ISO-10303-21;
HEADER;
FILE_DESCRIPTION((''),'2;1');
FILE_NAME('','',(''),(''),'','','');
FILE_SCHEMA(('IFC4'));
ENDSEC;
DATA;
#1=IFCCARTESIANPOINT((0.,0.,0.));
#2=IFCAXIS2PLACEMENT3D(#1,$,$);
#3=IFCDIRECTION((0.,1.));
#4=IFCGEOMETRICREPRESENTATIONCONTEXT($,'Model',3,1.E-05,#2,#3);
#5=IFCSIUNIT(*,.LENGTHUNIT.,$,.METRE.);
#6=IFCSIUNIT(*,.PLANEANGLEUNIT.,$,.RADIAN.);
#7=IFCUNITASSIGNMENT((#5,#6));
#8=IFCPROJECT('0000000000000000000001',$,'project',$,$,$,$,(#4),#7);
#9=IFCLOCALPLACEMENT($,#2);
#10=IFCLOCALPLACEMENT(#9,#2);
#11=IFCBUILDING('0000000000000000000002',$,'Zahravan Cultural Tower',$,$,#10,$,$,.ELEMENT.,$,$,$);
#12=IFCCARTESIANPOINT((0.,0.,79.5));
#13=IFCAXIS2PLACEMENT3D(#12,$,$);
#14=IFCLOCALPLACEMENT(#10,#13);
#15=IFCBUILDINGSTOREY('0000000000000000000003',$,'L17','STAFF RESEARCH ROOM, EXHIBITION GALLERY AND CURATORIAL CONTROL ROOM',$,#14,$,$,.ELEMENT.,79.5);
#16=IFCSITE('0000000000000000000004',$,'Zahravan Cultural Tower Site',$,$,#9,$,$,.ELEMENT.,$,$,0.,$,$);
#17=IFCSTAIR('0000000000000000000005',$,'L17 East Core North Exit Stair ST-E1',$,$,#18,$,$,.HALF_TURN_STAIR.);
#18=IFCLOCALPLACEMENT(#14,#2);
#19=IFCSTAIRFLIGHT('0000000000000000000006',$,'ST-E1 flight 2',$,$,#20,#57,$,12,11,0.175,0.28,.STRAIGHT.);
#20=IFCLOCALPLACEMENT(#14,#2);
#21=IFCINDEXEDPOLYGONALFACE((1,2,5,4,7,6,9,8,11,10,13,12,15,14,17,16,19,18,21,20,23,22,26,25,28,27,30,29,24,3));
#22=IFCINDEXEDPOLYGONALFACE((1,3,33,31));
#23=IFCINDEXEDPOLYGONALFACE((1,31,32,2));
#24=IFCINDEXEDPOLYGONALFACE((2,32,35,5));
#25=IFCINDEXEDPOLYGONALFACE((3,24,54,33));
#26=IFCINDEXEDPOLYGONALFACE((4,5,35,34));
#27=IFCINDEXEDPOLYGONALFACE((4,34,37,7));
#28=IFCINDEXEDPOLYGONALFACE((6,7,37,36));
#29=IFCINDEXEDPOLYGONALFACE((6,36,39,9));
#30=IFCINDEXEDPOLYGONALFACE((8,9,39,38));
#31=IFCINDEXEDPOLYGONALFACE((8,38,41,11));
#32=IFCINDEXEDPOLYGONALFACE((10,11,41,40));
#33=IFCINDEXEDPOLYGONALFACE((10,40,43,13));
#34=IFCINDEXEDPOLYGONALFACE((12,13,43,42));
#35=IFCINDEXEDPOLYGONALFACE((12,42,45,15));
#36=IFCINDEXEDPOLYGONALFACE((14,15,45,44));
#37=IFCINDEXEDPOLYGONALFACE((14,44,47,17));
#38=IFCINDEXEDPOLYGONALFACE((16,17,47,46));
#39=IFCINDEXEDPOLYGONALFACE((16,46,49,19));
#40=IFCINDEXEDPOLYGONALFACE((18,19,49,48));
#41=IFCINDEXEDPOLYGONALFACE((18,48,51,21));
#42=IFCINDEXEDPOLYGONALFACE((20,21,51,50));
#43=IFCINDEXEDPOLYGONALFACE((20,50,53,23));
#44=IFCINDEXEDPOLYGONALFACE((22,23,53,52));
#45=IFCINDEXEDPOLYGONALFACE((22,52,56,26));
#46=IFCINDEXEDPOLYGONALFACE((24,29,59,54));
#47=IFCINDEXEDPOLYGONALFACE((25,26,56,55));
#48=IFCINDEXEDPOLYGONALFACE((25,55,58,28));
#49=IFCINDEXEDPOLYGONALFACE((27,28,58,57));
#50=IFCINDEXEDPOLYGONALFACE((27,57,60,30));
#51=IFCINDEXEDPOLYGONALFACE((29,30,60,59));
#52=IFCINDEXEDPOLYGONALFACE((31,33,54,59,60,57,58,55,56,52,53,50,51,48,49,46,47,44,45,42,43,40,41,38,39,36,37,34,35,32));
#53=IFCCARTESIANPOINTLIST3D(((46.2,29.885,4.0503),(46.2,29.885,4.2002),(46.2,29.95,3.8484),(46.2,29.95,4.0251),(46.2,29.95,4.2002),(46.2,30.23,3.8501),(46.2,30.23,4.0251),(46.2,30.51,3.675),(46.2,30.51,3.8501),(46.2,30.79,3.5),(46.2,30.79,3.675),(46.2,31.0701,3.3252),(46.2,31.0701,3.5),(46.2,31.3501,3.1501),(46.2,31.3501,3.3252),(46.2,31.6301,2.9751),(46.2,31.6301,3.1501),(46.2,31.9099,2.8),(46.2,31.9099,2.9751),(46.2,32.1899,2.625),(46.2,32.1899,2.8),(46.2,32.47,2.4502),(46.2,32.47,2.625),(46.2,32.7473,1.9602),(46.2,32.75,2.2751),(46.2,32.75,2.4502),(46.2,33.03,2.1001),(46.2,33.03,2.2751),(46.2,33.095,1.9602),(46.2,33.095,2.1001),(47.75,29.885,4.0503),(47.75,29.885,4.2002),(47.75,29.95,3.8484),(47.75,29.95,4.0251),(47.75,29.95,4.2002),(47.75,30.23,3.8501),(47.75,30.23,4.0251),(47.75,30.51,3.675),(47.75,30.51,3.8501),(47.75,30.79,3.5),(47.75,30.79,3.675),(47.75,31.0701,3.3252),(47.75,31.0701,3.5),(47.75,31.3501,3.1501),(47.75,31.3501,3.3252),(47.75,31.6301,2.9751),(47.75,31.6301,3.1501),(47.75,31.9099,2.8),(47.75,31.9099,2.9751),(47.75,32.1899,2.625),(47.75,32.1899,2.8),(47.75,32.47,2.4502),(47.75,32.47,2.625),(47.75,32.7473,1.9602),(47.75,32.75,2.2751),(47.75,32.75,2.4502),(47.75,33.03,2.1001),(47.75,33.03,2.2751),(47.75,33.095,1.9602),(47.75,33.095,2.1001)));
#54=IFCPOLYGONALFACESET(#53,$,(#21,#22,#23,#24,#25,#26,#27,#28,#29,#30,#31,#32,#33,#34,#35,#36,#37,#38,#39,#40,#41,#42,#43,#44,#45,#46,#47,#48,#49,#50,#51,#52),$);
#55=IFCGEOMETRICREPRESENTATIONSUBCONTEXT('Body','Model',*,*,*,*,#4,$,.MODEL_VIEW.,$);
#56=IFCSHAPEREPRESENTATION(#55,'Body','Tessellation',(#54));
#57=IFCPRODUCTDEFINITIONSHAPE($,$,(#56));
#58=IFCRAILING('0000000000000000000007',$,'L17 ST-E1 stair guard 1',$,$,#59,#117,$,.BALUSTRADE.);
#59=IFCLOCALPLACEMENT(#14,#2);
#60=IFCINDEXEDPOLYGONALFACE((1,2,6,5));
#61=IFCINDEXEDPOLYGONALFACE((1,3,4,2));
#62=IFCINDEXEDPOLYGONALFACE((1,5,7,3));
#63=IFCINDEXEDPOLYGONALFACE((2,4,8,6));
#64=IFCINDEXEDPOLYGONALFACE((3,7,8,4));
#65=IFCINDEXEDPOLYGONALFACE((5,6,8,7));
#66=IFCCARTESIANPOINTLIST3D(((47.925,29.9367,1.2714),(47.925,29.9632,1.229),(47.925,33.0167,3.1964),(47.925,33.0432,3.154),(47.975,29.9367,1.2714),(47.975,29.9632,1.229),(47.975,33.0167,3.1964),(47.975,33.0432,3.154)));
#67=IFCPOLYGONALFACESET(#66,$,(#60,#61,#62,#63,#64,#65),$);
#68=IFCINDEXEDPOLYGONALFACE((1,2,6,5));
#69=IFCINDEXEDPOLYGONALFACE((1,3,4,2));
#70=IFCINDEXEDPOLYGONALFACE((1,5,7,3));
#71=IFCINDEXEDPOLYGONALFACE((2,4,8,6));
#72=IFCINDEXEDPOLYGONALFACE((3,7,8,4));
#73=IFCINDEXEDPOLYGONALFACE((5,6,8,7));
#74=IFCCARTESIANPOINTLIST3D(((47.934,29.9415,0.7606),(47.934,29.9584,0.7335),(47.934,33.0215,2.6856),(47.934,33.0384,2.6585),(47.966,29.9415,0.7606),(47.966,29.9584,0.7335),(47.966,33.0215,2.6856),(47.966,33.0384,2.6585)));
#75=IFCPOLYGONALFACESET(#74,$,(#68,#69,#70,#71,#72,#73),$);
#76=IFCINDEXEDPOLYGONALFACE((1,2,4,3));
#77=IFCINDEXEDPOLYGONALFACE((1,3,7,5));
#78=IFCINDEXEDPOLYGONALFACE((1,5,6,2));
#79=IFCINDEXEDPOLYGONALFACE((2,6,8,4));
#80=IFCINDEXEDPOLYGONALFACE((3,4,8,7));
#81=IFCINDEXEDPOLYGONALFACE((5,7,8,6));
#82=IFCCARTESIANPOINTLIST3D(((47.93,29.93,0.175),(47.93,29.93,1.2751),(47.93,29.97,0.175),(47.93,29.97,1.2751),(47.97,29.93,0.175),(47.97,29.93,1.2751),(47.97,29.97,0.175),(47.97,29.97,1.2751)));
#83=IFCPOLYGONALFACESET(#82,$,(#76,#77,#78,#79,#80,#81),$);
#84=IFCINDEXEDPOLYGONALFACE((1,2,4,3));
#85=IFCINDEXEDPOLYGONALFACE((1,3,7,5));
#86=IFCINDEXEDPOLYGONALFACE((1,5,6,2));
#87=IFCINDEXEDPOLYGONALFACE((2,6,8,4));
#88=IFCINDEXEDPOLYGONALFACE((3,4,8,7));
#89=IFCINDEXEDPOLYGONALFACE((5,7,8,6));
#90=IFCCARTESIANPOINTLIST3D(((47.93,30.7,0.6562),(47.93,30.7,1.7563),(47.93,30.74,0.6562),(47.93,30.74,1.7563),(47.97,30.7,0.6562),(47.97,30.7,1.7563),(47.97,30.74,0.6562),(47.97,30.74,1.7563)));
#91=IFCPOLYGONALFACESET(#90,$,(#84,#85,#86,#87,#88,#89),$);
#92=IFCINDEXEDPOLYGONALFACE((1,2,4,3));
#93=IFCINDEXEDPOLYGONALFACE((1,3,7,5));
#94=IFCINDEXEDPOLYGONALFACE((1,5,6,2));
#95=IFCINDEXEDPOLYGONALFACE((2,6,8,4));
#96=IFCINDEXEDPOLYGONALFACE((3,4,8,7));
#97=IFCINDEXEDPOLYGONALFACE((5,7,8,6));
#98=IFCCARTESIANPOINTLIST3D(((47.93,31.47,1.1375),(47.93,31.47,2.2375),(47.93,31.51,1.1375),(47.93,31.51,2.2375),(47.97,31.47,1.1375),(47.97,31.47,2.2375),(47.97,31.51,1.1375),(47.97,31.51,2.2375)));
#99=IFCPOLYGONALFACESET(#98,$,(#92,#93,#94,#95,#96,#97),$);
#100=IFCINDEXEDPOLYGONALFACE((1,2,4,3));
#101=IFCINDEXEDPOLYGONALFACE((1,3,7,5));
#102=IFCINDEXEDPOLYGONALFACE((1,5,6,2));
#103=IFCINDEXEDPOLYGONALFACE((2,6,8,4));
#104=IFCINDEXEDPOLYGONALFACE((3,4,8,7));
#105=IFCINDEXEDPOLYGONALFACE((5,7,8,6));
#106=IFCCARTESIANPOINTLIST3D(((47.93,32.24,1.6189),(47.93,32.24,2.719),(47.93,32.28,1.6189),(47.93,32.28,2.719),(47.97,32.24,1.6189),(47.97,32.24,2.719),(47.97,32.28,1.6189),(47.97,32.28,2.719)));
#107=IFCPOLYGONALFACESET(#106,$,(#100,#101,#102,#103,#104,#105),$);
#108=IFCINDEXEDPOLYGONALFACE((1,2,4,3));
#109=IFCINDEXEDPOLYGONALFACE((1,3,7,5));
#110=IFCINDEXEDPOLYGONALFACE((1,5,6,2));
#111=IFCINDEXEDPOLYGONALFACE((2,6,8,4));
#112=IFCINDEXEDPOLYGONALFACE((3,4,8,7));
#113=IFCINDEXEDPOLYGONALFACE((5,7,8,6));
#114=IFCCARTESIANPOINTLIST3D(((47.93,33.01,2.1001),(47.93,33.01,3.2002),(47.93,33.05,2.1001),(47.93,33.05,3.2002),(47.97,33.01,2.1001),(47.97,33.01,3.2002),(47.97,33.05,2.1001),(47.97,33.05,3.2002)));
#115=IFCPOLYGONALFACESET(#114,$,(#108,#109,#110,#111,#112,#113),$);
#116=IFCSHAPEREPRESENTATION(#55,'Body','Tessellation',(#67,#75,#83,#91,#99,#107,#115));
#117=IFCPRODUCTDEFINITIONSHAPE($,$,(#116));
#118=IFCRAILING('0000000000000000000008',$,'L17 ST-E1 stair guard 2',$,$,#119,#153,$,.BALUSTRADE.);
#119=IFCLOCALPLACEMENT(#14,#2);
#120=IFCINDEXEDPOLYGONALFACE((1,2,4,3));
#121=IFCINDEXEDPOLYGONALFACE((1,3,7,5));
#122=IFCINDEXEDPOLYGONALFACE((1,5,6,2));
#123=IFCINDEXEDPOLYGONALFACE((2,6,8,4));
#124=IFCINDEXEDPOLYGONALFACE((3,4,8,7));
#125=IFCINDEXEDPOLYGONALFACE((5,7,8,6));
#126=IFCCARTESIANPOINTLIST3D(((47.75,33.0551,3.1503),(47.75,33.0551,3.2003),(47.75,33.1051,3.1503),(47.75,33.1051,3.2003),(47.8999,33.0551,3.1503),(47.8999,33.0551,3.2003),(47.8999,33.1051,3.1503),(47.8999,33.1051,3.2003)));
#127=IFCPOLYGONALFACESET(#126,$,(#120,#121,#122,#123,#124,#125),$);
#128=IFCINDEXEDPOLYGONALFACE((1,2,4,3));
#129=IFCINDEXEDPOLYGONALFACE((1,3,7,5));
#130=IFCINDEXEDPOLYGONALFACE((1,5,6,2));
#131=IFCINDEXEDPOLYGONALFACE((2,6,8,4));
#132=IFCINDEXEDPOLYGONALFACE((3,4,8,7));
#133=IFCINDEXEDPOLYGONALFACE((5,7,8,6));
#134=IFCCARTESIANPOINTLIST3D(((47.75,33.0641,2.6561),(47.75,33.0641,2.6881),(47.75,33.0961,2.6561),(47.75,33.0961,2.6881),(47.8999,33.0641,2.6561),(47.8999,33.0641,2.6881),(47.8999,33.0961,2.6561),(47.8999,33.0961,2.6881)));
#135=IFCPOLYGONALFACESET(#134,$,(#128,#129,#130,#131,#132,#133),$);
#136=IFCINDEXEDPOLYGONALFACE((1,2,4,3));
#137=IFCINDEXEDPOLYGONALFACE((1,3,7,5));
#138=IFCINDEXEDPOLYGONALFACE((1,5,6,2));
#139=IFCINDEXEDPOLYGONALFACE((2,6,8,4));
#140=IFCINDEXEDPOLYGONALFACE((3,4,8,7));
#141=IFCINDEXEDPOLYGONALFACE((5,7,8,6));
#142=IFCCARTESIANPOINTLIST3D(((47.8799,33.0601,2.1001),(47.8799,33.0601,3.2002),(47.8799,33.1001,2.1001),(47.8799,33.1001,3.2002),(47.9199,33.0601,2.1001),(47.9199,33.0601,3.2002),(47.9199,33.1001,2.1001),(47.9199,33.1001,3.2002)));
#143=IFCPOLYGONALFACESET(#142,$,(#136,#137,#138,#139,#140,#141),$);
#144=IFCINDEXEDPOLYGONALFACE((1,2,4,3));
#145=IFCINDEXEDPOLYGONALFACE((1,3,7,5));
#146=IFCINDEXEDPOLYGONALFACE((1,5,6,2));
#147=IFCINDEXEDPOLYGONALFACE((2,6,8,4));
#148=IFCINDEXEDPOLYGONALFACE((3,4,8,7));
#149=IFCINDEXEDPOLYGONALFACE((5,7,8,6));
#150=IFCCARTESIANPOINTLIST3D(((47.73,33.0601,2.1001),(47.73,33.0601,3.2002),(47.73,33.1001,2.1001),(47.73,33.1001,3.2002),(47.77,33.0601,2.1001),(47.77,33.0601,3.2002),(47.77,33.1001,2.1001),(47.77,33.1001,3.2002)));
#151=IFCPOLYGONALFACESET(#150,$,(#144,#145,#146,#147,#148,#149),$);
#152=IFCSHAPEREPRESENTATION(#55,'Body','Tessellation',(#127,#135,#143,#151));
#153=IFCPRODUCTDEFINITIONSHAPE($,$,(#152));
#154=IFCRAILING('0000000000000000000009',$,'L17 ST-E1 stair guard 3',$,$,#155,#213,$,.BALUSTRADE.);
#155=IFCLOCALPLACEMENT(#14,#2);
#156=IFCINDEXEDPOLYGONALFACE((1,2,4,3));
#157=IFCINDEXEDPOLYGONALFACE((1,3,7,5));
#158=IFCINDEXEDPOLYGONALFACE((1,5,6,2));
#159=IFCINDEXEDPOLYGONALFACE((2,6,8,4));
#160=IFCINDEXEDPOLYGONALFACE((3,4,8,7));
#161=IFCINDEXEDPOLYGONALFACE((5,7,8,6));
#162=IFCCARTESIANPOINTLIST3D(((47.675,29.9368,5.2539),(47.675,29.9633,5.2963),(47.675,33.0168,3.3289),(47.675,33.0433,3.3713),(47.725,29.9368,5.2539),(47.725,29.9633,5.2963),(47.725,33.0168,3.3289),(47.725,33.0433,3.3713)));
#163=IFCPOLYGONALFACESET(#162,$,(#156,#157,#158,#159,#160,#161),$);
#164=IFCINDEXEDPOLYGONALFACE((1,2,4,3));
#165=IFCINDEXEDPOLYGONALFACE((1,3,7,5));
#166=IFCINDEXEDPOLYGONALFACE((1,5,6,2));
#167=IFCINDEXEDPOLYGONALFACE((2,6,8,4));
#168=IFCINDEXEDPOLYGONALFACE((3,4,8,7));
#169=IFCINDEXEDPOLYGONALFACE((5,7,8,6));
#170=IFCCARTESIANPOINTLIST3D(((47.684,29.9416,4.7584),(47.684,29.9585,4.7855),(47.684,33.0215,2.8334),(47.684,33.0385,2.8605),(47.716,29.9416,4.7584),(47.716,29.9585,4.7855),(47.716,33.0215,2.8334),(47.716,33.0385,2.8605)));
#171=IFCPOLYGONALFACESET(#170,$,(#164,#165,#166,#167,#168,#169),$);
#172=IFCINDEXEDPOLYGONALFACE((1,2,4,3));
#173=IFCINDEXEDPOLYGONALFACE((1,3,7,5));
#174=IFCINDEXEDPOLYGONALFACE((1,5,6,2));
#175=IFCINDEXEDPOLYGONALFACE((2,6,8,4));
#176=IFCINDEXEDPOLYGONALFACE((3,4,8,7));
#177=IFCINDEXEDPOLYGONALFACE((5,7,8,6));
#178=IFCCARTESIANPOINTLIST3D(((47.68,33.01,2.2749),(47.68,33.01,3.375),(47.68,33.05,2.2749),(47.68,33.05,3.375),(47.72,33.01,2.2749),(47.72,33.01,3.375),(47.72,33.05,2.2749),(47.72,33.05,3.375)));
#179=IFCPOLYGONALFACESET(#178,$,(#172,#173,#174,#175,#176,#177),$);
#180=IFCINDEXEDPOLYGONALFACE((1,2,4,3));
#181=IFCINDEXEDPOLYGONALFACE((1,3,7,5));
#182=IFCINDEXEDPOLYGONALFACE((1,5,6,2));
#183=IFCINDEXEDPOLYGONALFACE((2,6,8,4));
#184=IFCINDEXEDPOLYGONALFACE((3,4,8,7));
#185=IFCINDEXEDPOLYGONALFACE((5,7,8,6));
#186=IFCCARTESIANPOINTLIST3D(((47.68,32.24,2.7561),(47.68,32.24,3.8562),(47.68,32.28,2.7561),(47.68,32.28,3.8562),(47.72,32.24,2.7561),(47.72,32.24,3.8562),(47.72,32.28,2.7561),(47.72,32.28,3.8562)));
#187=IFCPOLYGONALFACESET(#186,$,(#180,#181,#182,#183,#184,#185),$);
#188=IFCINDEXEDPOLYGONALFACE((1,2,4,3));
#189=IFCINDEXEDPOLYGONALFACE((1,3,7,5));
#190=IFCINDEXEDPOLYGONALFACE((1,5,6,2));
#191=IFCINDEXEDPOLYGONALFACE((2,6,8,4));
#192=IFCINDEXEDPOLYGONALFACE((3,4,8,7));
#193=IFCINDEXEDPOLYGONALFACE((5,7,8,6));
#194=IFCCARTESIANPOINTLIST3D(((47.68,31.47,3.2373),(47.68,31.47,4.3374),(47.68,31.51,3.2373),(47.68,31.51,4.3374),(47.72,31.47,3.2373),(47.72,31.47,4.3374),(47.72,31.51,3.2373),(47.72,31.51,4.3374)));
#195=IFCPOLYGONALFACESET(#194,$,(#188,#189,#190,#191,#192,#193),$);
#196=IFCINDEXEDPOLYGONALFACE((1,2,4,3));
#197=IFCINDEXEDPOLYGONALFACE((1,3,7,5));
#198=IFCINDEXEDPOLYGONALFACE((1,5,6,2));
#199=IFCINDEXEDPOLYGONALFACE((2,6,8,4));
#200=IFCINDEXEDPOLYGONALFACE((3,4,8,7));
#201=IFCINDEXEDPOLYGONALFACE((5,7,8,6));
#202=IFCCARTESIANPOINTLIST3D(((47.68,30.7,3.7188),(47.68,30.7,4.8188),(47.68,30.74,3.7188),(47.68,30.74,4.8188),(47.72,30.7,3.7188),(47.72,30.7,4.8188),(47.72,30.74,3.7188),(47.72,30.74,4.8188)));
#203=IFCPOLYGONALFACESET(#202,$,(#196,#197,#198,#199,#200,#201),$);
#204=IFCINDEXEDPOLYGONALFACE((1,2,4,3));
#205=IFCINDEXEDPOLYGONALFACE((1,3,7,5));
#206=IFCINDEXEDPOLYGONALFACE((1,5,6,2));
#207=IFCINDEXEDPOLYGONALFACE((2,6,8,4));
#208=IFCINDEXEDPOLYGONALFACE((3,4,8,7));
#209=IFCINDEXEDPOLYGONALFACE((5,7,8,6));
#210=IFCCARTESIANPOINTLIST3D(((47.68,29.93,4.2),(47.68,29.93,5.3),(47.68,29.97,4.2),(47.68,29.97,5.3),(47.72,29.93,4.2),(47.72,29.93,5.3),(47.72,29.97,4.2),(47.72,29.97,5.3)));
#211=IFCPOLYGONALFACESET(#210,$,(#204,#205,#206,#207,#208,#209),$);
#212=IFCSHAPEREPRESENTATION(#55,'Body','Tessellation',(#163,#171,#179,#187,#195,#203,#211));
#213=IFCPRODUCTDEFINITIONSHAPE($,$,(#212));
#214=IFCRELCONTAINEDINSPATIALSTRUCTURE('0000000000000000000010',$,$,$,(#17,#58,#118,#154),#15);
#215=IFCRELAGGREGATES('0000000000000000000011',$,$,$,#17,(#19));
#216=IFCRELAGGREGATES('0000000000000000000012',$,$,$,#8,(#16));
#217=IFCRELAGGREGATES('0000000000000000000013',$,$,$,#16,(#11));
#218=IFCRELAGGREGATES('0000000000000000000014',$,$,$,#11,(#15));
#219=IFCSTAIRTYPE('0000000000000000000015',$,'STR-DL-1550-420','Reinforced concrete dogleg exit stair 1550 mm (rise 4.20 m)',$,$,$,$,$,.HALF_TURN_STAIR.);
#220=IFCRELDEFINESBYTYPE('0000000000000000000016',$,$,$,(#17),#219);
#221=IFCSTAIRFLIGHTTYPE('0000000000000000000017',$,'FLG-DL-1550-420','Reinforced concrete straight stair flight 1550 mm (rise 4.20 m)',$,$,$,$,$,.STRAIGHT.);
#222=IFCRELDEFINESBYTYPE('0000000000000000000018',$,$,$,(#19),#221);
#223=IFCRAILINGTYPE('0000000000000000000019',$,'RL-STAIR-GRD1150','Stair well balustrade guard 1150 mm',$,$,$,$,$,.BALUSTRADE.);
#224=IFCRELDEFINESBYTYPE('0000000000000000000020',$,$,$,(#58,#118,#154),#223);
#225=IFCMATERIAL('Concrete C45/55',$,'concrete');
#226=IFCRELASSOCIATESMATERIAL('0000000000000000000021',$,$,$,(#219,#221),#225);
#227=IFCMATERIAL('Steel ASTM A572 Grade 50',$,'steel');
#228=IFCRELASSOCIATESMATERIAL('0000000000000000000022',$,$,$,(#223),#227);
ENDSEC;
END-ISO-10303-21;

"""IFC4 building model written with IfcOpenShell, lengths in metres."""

from ifc_helpers import new_model, si_unit, direction, frame, origin, origin_2d, place, context, subcontext, project, spatial, polyline, rectangle, outline, extrude, material, type_object, element, aggregate, save


model = new_model("IFC4")

# Units and contexts
model_context = context("Model", 3, precision=1e-05, world=origin(), true_north=direction((0.0, 1.0)))
body_context = subcontext(model_context, "Body", "Model", "MODEL_VIEW")
ifc_project = project(units=[si_unit("LENGTHUNIT", "METRE"), si_unit("PLANEANGLEUNIT", "RADIAN")], contexts=[model_context])

# Site, building, storey
site_placement = place(None, origin())
site = spatial("IfcSite", under=ifc_project, at=site_placement, Name="Zahravan Cultural Tower Site", CompositionType="ELEMENT", RefElevation=0.0)
building_placement = place(site_placement, origin())
building = spatial("IfcBuilding", under=site, at=building_placement, Name="Zahravan Cultural Tower", CompositionType="ELEMENT")
storey_placement = place(building_placement, frame((0.0, 0.0, 79.5)))
storey = spatial("IfcBuildingStorey", under=building, at=storey_placement, Name="L17", Description="STAFF RESEARCH ROOM, EXHIBITION GALLERY AND CURATORIAL CONTROL ROOM", CompositionType="ELEMENT", Elevation=79.5)

# Shared definitions
ifc_material_1 = material(Name="Concrete C45/55", Category="concrete")
ifc_material_2 = material(Name="Steel ASTM A572 Grade 50", Category="steel")

# Stair, stair flight
stair_type = type_object("IfcStairType", Name="STR-DL-1550-420", Description="Reinforced concrete dogleg exit stair 1550 mm (rise 4.20 m)", PredefinedType="HALF_TURN_STAIR", material=ifc_material_1)
stair_placement = place(storey_placement, origin())
stair = element("IfcStair", 1, at=stair_placement, inside=storey, type_object=stair_type, Name="L17 East Core North Exit Stair ST-E1", PredefinedType="HALF_TURN_STAIR")
stair_flight_type = type_object("IfcStairFlightType", Name="FLG-DL-1550-420", Description="Reinforced concrete straight stair flight 1550 mm (rise 4.20 m)", PredefinedType="STRAIGHT", material=ifc_material_1)
stair_flight_1_placement = place(storey_placement, frame((46.9751, 33.03, 2.1001), z_axis=(0.0, 0.0, 1.0), x_axis=(0.0, -1.0, 0.0)))
stair_flight_1 = element("IfcStairFlight", 2, at=stair_flight_1_placement, type_object=stair_flight_type, Name="ST-E1 flight 2", NumberOfRisers=12, NumberOfTreads=11, PredefinedType="STRAIGHT", RiserHeight=0.175, TreadLength=0.28, context=body_context, shape_type="SweptSolid", body=[
    extrude(outline(polyline([(-0.0649, -0.1399), (-0.0649, 0.0), (0.0, 0.0), (0.0, 0.175), (0.28, 0.175), (0.28, 0.3501), (0.5601, 0.3501), (0.5601, 0.5249), (0.8401, 0.5249), (0.8401, 0.7), (1.1201, 0.7), (1.1201, 0.875), (1.3999, 0.875), (1.3999, 1.05), (1.6799, 1.05), (1.6799, 1.2251), (1.96, 1.2251), (1.96, 1.3999), (2.24, 1.3999), (2.24, 1.575), (2.52, 1.575), (2.52, 1.75), (2.8, 1.75), (2.8, 1.925), (3.0801, 1.925), (3.0801, 2.1001), (3.145, 2.1001), (3.145, 1.9502), (3.0801, 1.7483), (0.2827, -0.1399), (-0.0649, -0.1399)])), frame((0.0, 0.7749, 0.0), z_axis=(0.0, -1.0, 0.0), x_axis=(1.0, 0.0, 0.0)), (0.0, 0.0, 1.0), 1.55),
])
aggregate(stair, [stair_flight_1])

# Railings
railing_type_1 = type_object("IfcRailingType", Name="RL-STAIR-GRD1150", Description="Stair well balustrade guard 1150 mm", PredefinedType="BALUSTRADE", material=ifc_material_2)
railing_1_placement = place(storey_placement, frame((47.95, 29.95, 0.175)))
element("IfcRailing", 3, at=railing_1_placement, inside=storey, type_object=railing_type_1, Name="L17 ST-E1 stair guard 1", PredefinedType="BALUSTRADE", context=body_context, shape_type="SweptSolid", body=[
    extrude(rectangle(XDim=0.05, YDim=0.05, at=origin_2d()), frame((0.0, 0.0, 1.0752), z_axis=(0.0, 0.847998, 0.529999), x_axis=(-1.0, 0.0, 0.0)), (0.0, 0.0, 1.0), 3.6321),
    extrude(rectangle(XDim=0.032, YDim=0.032, at=origin_2d()), frame((0.0, 0.0, 0.572), z_axis=(0.0, 0.847998, 0.529999), x_axis=(-1.0, 0.0, 0.0)), (0.0, 0.0, 1.0), 3.6321),
    extrude(rectangle(XDim=0.04, YDim=0.04, at=origin_2d()), origin(), (0.0, 0.0, 1.0), 1.1001),
    extrude(rectangle(XDim=0.04, YDim=0.04, at=origin_2d()), frame((0.0, 0.77, 0.4812)), (0.0, 0.0, 1.0), 1.1001),
    extrude(rectangle(XDim=0.04, YDim=0.04, at=origin_2d()), frame((0.0, 1.54, 0.9624)), (0.0, 0.0, 1.0), 1.1001),
    extrude(rectangle(XDim=0.04, YDim=0.04, at=origin_2d()), frame((0.0, 2.3101, 1.4438)), (0.0, 0.0, 1.0), 1.1001),
    extrude(rectangle(XDim=0.04, YDim=0.04, at=origin_2d()), frame((0.0, 3.0801, 1.925)), (0.0, 0.0, 1.0), 1.1001),
])
railing_2_placement = place(storey_placement, frame((47.8999, 33.0801, 2.1001)))
element("IfcRailing", 4, at=railing_2_placement, inside=storey, type_object=railing_type_1, Name="L17 ST-E1 stair guard 2", PredefinedType="BALUSTRADE", context=body_context, shape_type="SweptSolid", body=[
    extrude(rectangle(XDim=0.05, YDim=0.05, at=origin_2d()), frame((0.0, 0.0, 1.0752), z_axis=(-1.0, 0.0, 0.0), x_axis=(0.0, -1.0, 0.0)), (0.0, 0.0, 1.0), 0.1499),
    extrude(rectangle(XDim=0.032, YDim=0.032, at=origin_2d()), frame((0.0, 0.0, 0.572), z_axis=(-1.0, 0.0, 0.0), x_axis=(0.0, -1.0, 0.0)), (0.0, 0.0, 1.0), 0.1499),
    extrude(rectangle(XDim=0.04, YDim=0.04, at=origin_2d()), origin(), (0.0, 0.0, 1.0), 1.1001),
    extrude(rectangle(XDim=0.04, YDim=0.04, at=origin_2d()), frame((-0.1499, 0.0, 0.0)), (0.0, 0.0, 1.0), 1.1001),
])
railing_3_placement = place(storey_placement, frame((47.7, 33.03, 2.2749)))
element("IfcRailing", 5, at=railing_3_placement, inside=storey, type_object=railing_type_1, Name="L17 ST-E1 stair guard 3", PredefinedType="BALUSTRADE", context=body_context, shape_type="SweptSolid", body=[
    extrude(rectangle(XDim=0.05, YDim=0.05, at=origin_2d()), frame((0.0, 0.0, 1.0752), z_axis=(0.0, -0.847998, 0.529999), x_axis=(1.0, 0.0, 0.0)), (0.0, 0.0, 1.0), 3.6321),
    extrude(rectangle(XDim=0.032, YDim=0.032, at=origin_2d()), frame((0.0, 0.0, 0.572), z_axis=(0.0, -0.847998, 0.529999), x_axis=(1.0, 0.0, 0.0)), (0.0, 0.0, 1.0), 3.6321),
    extrude(rectangle(XDim=0.04, YDim=0.04, at=origin_2d()), origin(), (0.0, 0.0, 1.0), 1.1001),
    extrude(rectangle(XDim=0.04, YDim=0.04, at=origin_2d()), frame((0.0, -0.77, 0.4812)), (0.0, 0.0, 1.0), 1.1001),
    extrude(rectangle(XDim=0.04, YDim=0.04, at=origin_2d()), frame((0.0, -1.54, 0.9624)), (0.0, 0.0, 1.0), 1.1001),
    extrude(rectangle(XDim=0.04, YDim=0.04, at=origin_2d()), frame((0.0, -2.3101, 1.4438)), (0.0, 0.0, 1.0), 1.1001),
    extrude(rectangle(XDim=0.04, YDim=0.04, at=origin_2d()), frame((0.0, -3.0801, 1.925)), (0.0, 0.0, 1.0), 1.1001),
])

save(model, "model.ifc")
